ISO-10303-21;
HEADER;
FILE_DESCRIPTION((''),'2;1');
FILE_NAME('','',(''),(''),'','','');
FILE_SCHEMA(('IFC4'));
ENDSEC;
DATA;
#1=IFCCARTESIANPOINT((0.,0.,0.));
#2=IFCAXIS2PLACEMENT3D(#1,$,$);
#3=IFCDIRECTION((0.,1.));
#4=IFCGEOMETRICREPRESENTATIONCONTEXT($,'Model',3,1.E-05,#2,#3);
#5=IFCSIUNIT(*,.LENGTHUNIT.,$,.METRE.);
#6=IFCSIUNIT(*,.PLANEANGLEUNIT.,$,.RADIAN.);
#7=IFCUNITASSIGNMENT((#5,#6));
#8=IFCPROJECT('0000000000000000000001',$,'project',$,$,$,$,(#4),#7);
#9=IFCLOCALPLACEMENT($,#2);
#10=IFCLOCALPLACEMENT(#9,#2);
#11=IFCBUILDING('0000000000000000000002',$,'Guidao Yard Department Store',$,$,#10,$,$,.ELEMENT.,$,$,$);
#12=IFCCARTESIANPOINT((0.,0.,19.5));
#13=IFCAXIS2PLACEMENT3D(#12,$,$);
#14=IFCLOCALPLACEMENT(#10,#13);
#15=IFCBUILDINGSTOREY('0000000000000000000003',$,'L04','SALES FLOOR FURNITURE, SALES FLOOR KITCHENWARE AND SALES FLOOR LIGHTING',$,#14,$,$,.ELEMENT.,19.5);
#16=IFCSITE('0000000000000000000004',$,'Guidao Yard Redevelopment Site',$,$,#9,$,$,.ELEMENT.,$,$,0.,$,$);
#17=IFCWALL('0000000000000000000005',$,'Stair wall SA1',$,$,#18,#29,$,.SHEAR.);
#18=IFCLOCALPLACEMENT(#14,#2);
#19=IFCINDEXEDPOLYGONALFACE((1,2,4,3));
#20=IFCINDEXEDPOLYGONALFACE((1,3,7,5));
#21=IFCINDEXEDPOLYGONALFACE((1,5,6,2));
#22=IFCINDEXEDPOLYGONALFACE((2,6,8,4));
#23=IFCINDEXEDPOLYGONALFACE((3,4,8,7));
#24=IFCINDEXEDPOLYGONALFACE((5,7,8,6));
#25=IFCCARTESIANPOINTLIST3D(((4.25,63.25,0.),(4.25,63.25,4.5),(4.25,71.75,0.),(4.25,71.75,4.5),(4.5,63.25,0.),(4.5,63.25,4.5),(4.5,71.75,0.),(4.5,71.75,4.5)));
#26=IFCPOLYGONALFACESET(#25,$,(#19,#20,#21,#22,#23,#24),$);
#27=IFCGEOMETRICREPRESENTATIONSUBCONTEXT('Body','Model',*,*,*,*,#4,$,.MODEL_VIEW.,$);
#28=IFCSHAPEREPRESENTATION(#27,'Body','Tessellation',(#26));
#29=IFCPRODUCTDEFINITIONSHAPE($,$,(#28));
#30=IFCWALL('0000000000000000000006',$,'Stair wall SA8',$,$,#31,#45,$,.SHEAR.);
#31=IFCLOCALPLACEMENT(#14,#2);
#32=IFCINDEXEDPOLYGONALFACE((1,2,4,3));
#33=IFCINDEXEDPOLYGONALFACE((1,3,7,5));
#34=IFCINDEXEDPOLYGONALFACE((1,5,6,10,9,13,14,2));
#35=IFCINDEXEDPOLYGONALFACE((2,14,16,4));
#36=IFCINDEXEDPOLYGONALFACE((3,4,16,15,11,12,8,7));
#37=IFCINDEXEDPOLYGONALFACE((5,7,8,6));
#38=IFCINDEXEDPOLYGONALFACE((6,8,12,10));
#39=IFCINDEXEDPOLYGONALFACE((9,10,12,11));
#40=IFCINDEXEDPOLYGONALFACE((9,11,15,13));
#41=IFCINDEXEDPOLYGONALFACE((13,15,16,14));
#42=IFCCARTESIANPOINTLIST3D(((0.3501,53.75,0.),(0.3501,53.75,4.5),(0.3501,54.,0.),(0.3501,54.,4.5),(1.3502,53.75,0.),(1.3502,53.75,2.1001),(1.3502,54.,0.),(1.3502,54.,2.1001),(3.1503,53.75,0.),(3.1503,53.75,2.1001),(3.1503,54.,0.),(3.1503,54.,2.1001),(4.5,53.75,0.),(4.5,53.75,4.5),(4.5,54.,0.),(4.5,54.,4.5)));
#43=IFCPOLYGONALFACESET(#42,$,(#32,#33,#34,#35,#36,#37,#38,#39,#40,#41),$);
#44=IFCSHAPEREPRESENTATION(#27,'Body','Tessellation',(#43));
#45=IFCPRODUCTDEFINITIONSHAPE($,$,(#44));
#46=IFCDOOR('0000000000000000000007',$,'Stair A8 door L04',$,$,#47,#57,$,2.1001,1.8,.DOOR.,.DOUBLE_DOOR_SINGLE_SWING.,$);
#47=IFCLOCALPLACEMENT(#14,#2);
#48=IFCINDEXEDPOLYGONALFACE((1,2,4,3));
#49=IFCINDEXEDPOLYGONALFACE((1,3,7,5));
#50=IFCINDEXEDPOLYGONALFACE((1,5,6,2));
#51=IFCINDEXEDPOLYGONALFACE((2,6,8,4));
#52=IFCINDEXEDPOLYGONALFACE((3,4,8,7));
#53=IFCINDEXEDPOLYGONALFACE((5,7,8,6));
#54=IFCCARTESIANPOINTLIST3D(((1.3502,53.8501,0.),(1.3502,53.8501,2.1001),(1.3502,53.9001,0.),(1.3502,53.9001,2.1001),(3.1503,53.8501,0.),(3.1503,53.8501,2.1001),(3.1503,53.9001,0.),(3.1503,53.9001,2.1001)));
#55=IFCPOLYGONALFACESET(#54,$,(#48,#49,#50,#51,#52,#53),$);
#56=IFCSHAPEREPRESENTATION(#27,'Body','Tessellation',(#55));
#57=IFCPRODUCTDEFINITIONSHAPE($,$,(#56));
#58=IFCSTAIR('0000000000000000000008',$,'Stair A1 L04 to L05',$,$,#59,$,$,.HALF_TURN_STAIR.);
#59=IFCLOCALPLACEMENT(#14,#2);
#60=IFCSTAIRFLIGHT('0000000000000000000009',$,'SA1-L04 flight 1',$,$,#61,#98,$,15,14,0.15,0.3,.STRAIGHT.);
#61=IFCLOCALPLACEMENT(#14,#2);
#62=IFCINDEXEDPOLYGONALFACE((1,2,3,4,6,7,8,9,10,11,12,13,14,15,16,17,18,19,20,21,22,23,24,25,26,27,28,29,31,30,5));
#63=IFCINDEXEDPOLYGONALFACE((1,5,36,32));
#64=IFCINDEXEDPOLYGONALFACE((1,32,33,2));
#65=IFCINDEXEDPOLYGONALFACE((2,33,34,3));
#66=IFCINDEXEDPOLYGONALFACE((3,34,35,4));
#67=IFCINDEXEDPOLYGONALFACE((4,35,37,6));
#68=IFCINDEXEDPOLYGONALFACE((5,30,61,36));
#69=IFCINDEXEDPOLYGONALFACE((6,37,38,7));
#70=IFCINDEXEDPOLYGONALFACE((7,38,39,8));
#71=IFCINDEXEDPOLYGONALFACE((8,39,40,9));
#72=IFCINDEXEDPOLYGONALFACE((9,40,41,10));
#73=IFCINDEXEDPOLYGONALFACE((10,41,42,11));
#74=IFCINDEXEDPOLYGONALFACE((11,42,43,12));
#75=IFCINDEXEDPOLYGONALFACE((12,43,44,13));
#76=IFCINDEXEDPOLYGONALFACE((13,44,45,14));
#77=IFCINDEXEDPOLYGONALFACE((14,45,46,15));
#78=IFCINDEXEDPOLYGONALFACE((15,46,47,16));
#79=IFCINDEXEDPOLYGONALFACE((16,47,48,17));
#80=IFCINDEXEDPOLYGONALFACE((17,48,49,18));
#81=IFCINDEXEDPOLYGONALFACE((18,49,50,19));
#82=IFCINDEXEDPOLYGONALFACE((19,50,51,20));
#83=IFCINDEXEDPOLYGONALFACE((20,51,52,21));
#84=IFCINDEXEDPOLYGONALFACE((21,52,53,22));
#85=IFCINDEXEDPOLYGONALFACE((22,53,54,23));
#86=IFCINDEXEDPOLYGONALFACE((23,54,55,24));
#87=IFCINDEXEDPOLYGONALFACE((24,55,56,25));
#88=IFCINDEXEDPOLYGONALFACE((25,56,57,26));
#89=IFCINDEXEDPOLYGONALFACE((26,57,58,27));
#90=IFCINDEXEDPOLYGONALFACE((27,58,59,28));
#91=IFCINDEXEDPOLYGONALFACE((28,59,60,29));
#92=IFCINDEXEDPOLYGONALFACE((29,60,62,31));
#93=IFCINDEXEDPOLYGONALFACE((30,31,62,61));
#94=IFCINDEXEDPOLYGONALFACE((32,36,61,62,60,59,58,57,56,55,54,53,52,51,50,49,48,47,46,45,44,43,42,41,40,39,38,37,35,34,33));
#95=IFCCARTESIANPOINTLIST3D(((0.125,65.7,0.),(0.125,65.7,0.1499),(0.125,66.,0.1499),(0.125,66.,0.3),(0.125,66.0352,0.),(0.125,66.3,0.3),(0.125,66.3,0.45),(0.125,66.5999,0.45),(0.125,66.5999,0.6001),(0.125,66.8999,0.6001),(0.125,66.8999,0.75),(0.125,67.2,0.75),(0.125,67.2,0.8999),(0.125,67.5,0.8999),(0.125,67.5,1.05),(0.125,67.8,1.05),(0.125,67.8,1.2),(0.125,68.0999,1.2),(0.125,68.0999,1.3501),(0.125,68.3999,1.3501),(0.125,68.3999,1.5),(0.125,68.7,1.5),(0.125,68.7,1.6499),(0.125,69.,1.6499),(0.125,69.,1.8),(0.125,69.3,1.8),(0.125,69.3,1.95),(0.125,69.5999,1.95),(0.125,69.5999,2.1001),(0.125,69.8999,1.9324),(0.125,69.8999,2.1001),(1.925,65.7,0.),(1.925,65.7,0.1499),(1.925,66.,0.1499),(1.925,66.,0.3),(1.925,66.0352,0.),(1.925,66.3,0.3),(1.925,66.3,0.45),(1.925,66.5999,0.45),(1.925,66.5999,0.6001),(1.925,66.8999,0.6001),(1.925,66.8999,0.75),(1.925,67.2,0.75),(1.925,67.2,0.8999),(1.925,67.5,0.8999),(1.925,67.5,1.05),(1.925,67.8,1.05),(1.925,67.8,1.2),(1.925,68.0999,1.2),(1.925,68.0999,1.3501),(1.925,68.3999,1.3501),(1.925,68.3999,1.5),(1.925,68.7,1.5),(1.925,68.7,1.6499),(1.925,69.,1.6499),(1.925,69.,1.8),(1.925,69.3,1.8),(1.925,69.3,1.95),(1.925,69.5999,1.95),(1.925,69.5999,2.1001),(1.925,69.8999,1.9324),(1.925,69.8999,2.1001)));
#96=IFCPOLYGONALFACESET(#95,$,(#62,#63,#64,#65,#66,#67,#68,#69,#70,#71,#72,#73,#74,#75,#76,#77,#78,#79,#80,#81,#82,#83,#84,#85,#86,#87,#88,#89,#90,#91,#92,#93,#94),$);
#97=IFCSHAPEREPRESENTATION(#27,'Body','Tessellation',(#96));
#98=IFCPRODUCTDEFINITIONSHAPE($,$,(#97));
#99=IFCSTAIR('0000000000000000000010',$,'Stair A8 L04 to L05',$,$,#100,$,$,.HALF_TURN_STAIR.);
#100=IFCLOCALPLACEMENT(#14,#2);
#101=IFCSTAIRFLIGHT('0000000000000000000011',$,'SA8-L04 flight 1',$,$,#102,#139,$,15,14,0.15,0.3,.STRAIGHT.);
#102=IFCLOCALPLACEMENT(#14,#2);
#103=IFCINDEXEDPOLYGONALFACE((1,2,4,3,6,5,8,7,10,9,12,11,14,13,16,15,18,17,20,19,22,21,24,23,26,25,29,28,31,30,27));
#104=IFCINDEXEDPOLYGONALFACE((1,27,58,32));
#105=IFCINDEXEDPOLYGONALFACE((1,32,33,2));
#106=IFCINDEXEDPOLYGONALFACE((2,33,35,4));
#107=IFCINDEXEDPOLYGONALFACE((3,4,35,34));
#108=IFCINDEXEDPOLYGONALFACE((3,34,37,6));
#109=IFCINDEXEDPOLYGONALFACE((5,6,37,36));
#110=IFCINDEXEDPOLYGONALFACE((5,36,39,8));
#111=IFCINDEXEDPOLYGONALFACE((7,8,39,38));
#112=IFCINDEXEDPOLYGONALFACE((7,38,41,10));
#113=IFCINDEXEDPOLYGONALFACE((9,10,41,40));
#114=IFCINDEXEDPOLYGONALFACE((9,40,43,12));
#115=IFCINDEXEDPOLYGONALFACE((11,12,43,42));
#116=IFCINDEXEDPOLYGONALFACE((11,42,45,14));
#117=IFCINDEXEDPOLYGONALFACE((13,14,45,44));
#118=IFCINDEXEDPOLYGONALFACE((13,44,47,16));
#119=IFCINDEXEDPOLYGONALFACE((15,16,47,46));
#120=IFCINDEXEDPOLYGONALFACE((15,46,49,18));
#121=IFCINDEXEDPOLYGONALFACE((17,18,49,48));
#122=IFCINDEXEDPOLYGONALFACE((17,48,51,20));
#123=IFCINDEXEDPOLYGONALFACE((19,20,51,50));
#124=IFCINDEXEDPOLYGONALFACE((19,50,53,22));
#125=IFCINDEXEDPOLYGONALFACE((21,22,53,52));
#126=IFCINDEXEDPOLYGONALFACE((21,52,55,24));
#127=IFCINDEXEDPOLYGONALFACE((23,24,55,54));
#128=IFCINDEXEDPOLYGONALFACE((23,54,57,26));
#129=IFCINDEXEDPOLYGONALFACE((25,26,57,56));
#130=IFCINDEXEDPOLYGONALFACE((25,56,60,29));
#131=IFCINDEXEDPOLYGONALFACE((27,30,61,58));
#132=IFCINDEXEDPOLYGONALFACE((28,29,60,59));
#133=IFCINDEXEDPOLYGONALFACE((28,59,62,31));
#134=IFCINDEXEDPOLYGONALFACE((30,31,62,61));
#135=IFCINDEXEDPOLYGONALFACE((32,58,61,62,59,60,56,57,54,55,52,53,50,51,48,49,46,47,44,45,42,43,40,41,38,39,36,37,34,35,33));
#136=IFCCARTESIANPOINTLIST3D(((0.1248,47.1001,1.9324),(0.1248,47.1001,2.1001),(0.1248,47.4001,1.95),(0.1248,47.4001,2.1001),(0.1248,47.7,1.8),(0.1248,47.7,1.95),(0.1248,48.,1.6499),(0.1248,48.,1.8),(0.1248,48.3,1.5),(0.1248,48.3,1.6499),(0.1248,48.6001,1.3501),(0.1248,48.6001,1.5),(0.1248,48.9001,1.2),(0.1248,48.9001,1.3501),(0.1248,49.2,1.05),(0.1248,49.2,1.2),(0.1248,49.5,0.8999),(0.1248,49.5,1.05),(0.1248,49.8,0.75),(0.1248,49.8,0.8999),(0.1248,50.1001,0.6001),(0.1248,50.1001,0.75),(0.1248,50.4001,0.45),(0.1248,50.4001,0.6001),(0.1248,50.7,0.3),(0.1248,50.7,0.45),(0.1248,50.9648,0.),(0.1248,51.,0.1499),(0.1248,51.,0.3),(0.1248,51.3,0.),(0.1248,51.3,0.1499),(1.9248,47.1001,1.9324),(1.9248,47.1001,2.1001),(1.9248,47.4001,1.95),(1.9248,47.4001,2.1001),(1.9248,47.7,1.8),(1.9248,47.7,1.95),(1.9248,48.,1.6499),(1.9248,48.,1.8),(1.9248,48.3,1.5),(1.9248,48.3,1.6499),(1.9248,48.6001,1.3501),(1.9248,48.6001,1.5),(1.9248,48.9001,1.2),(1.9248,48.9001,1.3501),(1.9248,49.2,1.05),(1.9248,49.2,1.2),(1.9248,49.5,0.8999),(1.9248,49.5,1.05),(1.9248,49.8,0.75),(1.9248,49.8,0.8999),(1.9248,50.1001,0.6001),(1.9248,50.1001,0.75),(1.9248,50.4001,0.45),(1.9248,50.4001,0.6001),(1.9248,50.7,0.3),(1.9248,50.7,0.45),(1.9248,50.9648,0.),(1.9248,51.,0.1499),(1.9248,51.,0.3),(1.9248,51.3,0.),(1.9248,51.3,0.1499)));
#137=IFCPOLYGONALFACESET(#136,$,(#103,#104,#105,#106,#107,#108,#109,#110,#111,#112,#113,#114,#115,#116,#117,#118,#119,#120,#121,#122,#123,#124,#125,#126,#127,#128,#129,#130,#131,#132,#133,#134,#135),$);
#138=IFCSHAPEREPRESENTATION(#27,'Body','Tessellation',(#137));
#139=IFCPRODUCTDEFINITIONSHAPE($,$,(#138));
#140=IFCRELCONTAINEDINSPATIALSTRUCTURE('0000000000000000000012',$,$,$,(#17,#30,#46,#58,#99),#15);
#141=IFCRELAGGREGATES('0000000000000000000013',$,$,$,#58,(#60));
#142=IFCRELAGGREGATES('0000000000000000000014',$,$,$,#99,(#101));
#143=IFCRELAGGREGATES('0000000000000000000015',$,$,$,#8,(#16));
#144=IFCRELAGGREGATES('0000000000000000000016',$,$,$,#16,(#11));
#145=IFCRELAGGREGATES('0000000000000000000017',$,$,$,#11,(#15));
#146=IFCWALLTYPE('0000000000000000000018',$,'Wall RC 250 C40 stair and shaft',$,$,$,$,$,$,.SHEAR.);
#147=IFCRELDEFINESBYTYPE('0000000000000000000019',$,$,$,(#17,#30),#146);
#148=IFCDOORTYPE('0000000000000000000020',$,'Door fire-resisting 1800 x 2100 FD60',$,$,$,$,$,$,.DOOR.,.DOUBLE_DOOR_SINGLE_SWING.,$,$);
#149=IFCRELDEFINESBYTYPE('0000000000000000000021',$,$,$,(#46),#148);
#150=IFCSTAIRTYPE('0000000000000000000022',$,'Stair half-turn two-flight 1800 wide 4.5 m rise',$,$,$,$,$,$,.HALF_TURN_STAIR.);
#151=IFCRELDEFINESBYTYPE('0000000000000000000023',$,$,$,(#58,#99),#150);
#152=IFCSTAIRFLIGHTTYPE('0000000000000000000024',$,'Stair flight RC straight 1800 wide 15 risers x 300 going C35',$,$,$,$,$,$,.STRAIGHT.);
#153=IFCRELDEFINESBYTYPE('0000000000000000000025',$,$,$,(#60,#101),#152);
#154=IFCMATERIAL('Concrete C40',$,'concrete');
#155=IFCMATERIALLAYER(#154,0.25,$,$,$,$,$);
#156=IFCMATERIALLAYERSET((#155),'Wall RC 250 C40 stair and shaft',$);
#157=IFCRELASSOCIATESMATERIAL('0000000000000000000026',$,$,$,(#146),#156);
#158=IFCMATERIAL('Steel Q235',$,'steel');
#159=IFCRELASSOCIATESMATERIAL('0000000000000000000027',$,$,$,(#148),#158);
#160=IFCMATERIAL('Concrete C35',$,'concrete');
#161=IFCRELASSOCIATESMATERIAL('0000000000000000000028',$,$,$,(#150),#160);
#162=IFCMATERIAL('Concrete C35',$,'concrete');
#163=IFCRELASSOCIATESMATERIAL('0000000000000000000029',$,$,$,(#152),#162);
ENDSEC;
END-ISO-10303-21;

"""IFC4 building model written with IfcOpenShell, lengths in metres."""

from ifc_helpers import new_model, si_unit, direction, frame, frame_2d, origin, place, context, subcontext, project, spatial, polyline, rectangle, outline, extrude, material, layer, layer_set, type_object, element, fill, aggregate, save


model = new_model("IFC4")

# Units and contexts
model_context = context("Model", 3, precision=1e-05, world=origin(), true_north=direction((0.0, 1.0)))
body_context = subcontext(model_context, "Body", "Model", "MODEL_VIEW")
ifc_project = project(units=[si_unit("LENGTHUNIT", "METRE"), si_unit("PLANEANGLEUNIT", "RADIAN")], contexts=[model_context])

# Site, building, storey
site_placement = place(None, origin())
site = spatial("IfcSite", under=ifc_project, at=site_placement, Name="Guidao Yard Redevelopment Site", CompositionType="ELEMENT", RefElevation=0.0)
building_placement = place(site_placement, origin())
building = spatial("IfcBuilding", under=site, at=building_placement, Name="Guidao Yard Department Store", CompositionType="ELEMENT")
storey_placement = place(building_placement, frame((0.0, 0.0, 19.5)))
storey = spatial("IfcBuildingStorey", under=building, at=storey_placement, Name="L04", Description="SALES FLOOR FURNITURE, SALES FLOOR KITCHENWARE AND SALES FLOOR LIGHTING", CompositionType="ELEMENT", Elevation=19.5)

# Shared definitions
ifc_material_1 = material(Name="Concrete C40", Category="concrete")
ifc_layer_1 = layer(ifc_material_1, 0.25)
ifc_layer_set_1 = layer_set([ifc_layer_1], Name="Wall RC 250 C40 stair and shaft")
wall_type_1 = type_object("IfcWallType", Name="Wall RC 250 C40 stair and shaft", PredefinedType="SHEAR", material=ifc_layer_set_1)
ifc_material_2 = material(Name="Steel Q235", Category="steel")
door_type = type_object("IfcDoorType", Name="Door fire-resisting 1800 x 2100 FD60", OperationType="DOUBLE_DOOR_SINGLE_SWING", PredefinedType="DOOR", material=ifc_material_2)

# Wall
wall_1_placement = place(storey_placement, frame((4.375, 63.25, 0.0), z_axis=(0.0, 0.0, 1.0), x_axis=(0.0, 1.0, 0.0)))
element("IfcWall", 1, at=wall_1_placement, inside=storey, type_object=wall_type_1, Name="Stair wall SA1", PredefinedType="SHEAR", context=body_context, shape_type="SweptSolid", body=[
    extrude(rectangle(XDim=8.5, YDim=0.25, at=frame_2d((4.25, 0.0))), origin(), (0.0, 0.0, 1.0), 4.5),
])

# Wall, opening, door
wall_2_placement = place(storey_placement, frame((0.3501, 53.875, 0.0), z_axis=(0.0, 0.0, 1.0), x_axis=(1.0, 0.0, 0.0)))
wall_2 = element("IfcWall", 2, at=wall_2_placement, inside=storey, type_object=wall_type_1, Name="Stair wall SA8", PredefinedType="SHEAR", context=body_context, shape_type="SweptSolid", body=[
    extrude(rectangle(XDim=4.1499, YDim=0.25, at=frame_2d((2.075, 0.0))), origin(), (0.0, 0.0, 1.0), 4.5),
])
opening_1_placement = place(wall_2_placement, frame((2.8, 0.0, 0.0), z_axis=(0.0, 0.0, 1.0), x_axis=(-1.0, 0.0, 0.0)))
opening_1 = element("IfcOpeningElement", 3, at=opening_1_placement, cuts=wall_2, PredefinedType="OPENING", context=body_context, shape_type="SweptSolid", body=[
    extrude(rectangle(XDim=1.8, YDim=2.1001, at=frame_2d((0.8999, 1.05))), frame((0.0, 0.135, 0.0), z_axis=(0.0, -1.0, 0.0), x_axis=(1.0, 0.0, 0.0)), (0.0, 0.0, 1.0), 0.27),
])
door_1_placement = place(opening_1_placement, origin())
door_1 = element("IfcDoor", 4, at=door_1_placement, inside=storey, type_object=door_type, Name="Stair A8 door L04", OperationType="DOUBLE_DOOR_SINGLE_SWING", OverallHeight=2.1001, OverallWidth=1.8, PredefinedType="DOOR", context=body_context, shape_type="SweptSolid", body=[
    extrude(rectangle(XDim=1.8, YDim=2.1001, at=frame_2d((0.8999, 1.05))), frame((0.0, 0.0249, 0.0), z_axis=(0.0, -1.0, 0.0), x_axis=(1.0, 0.0, 0.0)), (0.0, 0.0, 1.0), 0.05),
])
fill(opening_1, door_1)

# Stairs, stair flights
ifc_material_3 = material(Name="Concrete C35", Category="concrete")
stair_type = type_object("IfcStairType", Name="Stair half-turn two-flight 1800 wide 4.5 m rise", PredefinedType="HALF_TURN_STAIR", material=ifc_material_3)
stair_1_placement = place(storey_placement, origin())
stair_1 = element("IfcStair", 5, at=stair_1_placement, inside=storey, type_object=stair_type, Name="Stair A1 L04 to L05", PredefinedType="HALF_TURN_STAIR")
ifc_material_4 = material(Name="Concrete C35", Category="concrete")
stair_flight_type = type_object("IfcStairFlightType", Name="Stair flight RC straight 1800 wide 15 risers x 300 going C35", PredefinedType="STRAIGHT", material=ifc_material_4)
stair_flight_1_placement = place(storey_placement, frame((1.0249, 65.7, 0.0), z_axis=(0.0, 0.0, 1.0), x_axis=(0.0, 1.0, 0.0)))
stair_flight_1 = element("IfcStairFlight", 6, at=stair_flight_1_placement, type_object=stair_flight_type, Name="SA1-L04 flight 1", NumberOfRisers=15, NumberOfTreads=14, PredefinedType="STRAIGHT", RiserHeight=0.15, TreadLength=0.3, context=body_context, shape_type="SweptSolid", body=[
    extrude(outline(polyline([(0.0, 0.0), (0.0, 0.1499), (0.3, 0.1499), (0.3, 0.3), (0.6001, 0.3), (0.6001, 0.45), (0.8999, 0.45), (0.8999, 0.6001), (1.2, 0.6001), (1.2, 0.75), (1.5, 0.75), (1.5, 0.8999), (1.8, 0.8999), (1.8, 1.05), (2.1001, 1.05), (2.1001, 1.2), (2.3999, 1.2), (2.3999, 1.3501), (2.7, 1.3501), (2.7, 1.5), (3.0, 1.5), (3.0, 1.6499), (3.3, 1.6499), (3.3, 1.8), (3.6001, 1.8), (3.6001, 1.95), (3.8999, 1.95), (3.8999, 2.1001), (4.2, 2.1001), (4.2, 2.25), (4.2, 1.9324), (0.3352, 0.0), (0.0, 0.0)])), frame((0.0, 0.8999, 0.0), z_axis=(0.0, -1.0, 0.0), x_axis=(1.0, 0.0, 0.0)), (0.0, 0.0, 1.0), 1.8),
])
aggregate(stair_1, [stair_flight_1])
stair_2_placement = place(storey_placement, origin())
stair_2 = element("IfcStair", 7, at=stair_2_placement, inside=storey, type_object=stair_type, Name="Stair A8 L04 to L05", PredefinedType="HALF_TURN_STAIR")
stair_flight_2_placement = place(storey_placement, frame((1.0249, 51.3, 0.0), z_axis=(0.0, 0.0, 1.0), x_axis=(0.0, -1.0, 0.0)))
stair_flight_2 = element("IfcStairFlight", 8, at=stair_flight_2_placement, type_object=stair_flight_type, Name="SA8-L04 flight 1", NumberOfRisers=15, NumberOfTreads=14, PredefinedType="STRAIGHT", RiserHeight=0.15, TreadLength=0.3, context=body_context, shape_type="SweptSolid", body=[
    extrude(outline(polyline([(0.0, 0.0), (0.0, 0.1499), (0.3, 0.1499), (0.3, 0.3), (0.6001, 0.3), (0.6001, 0.45), (0.8999, 0.45), (0.8999, 0.6001), (1.2, 0.6001), (1.2, 0.75), (1.5, 0.75), (1.5, 0.8999), (1.8, 0.8999), (1.8, 1.05), (2.1001, 1.05), (2.1001, 1.2), (2.3999, 1.2), (2.3999, 1.3501), (2.7, 1.3501), (2.7, 1.5), (3.0, 1.5), (3.0, 1.6499), (3.3, 1.6499), (3.3, 1.8), (3.6001, 1.8), (3.6001, 1.95), (3.8999, 1.95), (3.8999, 2.1001), (4.2, 2.1001), (4.2, 2.25), (4.2, 1.9324), (0.3352, 0.0), (0.0, 0.0)])), frame((0.0, 0.8999, 0.0), z_axis=(0.0, -1.0, 0.0), x_axis=(1.0, 0.0, 0.0)), (0.0, 0.0, 1.0), 1.8),
])
aggregate(stair_2, [stair_flight_2])

save(model, "model.ifc")
